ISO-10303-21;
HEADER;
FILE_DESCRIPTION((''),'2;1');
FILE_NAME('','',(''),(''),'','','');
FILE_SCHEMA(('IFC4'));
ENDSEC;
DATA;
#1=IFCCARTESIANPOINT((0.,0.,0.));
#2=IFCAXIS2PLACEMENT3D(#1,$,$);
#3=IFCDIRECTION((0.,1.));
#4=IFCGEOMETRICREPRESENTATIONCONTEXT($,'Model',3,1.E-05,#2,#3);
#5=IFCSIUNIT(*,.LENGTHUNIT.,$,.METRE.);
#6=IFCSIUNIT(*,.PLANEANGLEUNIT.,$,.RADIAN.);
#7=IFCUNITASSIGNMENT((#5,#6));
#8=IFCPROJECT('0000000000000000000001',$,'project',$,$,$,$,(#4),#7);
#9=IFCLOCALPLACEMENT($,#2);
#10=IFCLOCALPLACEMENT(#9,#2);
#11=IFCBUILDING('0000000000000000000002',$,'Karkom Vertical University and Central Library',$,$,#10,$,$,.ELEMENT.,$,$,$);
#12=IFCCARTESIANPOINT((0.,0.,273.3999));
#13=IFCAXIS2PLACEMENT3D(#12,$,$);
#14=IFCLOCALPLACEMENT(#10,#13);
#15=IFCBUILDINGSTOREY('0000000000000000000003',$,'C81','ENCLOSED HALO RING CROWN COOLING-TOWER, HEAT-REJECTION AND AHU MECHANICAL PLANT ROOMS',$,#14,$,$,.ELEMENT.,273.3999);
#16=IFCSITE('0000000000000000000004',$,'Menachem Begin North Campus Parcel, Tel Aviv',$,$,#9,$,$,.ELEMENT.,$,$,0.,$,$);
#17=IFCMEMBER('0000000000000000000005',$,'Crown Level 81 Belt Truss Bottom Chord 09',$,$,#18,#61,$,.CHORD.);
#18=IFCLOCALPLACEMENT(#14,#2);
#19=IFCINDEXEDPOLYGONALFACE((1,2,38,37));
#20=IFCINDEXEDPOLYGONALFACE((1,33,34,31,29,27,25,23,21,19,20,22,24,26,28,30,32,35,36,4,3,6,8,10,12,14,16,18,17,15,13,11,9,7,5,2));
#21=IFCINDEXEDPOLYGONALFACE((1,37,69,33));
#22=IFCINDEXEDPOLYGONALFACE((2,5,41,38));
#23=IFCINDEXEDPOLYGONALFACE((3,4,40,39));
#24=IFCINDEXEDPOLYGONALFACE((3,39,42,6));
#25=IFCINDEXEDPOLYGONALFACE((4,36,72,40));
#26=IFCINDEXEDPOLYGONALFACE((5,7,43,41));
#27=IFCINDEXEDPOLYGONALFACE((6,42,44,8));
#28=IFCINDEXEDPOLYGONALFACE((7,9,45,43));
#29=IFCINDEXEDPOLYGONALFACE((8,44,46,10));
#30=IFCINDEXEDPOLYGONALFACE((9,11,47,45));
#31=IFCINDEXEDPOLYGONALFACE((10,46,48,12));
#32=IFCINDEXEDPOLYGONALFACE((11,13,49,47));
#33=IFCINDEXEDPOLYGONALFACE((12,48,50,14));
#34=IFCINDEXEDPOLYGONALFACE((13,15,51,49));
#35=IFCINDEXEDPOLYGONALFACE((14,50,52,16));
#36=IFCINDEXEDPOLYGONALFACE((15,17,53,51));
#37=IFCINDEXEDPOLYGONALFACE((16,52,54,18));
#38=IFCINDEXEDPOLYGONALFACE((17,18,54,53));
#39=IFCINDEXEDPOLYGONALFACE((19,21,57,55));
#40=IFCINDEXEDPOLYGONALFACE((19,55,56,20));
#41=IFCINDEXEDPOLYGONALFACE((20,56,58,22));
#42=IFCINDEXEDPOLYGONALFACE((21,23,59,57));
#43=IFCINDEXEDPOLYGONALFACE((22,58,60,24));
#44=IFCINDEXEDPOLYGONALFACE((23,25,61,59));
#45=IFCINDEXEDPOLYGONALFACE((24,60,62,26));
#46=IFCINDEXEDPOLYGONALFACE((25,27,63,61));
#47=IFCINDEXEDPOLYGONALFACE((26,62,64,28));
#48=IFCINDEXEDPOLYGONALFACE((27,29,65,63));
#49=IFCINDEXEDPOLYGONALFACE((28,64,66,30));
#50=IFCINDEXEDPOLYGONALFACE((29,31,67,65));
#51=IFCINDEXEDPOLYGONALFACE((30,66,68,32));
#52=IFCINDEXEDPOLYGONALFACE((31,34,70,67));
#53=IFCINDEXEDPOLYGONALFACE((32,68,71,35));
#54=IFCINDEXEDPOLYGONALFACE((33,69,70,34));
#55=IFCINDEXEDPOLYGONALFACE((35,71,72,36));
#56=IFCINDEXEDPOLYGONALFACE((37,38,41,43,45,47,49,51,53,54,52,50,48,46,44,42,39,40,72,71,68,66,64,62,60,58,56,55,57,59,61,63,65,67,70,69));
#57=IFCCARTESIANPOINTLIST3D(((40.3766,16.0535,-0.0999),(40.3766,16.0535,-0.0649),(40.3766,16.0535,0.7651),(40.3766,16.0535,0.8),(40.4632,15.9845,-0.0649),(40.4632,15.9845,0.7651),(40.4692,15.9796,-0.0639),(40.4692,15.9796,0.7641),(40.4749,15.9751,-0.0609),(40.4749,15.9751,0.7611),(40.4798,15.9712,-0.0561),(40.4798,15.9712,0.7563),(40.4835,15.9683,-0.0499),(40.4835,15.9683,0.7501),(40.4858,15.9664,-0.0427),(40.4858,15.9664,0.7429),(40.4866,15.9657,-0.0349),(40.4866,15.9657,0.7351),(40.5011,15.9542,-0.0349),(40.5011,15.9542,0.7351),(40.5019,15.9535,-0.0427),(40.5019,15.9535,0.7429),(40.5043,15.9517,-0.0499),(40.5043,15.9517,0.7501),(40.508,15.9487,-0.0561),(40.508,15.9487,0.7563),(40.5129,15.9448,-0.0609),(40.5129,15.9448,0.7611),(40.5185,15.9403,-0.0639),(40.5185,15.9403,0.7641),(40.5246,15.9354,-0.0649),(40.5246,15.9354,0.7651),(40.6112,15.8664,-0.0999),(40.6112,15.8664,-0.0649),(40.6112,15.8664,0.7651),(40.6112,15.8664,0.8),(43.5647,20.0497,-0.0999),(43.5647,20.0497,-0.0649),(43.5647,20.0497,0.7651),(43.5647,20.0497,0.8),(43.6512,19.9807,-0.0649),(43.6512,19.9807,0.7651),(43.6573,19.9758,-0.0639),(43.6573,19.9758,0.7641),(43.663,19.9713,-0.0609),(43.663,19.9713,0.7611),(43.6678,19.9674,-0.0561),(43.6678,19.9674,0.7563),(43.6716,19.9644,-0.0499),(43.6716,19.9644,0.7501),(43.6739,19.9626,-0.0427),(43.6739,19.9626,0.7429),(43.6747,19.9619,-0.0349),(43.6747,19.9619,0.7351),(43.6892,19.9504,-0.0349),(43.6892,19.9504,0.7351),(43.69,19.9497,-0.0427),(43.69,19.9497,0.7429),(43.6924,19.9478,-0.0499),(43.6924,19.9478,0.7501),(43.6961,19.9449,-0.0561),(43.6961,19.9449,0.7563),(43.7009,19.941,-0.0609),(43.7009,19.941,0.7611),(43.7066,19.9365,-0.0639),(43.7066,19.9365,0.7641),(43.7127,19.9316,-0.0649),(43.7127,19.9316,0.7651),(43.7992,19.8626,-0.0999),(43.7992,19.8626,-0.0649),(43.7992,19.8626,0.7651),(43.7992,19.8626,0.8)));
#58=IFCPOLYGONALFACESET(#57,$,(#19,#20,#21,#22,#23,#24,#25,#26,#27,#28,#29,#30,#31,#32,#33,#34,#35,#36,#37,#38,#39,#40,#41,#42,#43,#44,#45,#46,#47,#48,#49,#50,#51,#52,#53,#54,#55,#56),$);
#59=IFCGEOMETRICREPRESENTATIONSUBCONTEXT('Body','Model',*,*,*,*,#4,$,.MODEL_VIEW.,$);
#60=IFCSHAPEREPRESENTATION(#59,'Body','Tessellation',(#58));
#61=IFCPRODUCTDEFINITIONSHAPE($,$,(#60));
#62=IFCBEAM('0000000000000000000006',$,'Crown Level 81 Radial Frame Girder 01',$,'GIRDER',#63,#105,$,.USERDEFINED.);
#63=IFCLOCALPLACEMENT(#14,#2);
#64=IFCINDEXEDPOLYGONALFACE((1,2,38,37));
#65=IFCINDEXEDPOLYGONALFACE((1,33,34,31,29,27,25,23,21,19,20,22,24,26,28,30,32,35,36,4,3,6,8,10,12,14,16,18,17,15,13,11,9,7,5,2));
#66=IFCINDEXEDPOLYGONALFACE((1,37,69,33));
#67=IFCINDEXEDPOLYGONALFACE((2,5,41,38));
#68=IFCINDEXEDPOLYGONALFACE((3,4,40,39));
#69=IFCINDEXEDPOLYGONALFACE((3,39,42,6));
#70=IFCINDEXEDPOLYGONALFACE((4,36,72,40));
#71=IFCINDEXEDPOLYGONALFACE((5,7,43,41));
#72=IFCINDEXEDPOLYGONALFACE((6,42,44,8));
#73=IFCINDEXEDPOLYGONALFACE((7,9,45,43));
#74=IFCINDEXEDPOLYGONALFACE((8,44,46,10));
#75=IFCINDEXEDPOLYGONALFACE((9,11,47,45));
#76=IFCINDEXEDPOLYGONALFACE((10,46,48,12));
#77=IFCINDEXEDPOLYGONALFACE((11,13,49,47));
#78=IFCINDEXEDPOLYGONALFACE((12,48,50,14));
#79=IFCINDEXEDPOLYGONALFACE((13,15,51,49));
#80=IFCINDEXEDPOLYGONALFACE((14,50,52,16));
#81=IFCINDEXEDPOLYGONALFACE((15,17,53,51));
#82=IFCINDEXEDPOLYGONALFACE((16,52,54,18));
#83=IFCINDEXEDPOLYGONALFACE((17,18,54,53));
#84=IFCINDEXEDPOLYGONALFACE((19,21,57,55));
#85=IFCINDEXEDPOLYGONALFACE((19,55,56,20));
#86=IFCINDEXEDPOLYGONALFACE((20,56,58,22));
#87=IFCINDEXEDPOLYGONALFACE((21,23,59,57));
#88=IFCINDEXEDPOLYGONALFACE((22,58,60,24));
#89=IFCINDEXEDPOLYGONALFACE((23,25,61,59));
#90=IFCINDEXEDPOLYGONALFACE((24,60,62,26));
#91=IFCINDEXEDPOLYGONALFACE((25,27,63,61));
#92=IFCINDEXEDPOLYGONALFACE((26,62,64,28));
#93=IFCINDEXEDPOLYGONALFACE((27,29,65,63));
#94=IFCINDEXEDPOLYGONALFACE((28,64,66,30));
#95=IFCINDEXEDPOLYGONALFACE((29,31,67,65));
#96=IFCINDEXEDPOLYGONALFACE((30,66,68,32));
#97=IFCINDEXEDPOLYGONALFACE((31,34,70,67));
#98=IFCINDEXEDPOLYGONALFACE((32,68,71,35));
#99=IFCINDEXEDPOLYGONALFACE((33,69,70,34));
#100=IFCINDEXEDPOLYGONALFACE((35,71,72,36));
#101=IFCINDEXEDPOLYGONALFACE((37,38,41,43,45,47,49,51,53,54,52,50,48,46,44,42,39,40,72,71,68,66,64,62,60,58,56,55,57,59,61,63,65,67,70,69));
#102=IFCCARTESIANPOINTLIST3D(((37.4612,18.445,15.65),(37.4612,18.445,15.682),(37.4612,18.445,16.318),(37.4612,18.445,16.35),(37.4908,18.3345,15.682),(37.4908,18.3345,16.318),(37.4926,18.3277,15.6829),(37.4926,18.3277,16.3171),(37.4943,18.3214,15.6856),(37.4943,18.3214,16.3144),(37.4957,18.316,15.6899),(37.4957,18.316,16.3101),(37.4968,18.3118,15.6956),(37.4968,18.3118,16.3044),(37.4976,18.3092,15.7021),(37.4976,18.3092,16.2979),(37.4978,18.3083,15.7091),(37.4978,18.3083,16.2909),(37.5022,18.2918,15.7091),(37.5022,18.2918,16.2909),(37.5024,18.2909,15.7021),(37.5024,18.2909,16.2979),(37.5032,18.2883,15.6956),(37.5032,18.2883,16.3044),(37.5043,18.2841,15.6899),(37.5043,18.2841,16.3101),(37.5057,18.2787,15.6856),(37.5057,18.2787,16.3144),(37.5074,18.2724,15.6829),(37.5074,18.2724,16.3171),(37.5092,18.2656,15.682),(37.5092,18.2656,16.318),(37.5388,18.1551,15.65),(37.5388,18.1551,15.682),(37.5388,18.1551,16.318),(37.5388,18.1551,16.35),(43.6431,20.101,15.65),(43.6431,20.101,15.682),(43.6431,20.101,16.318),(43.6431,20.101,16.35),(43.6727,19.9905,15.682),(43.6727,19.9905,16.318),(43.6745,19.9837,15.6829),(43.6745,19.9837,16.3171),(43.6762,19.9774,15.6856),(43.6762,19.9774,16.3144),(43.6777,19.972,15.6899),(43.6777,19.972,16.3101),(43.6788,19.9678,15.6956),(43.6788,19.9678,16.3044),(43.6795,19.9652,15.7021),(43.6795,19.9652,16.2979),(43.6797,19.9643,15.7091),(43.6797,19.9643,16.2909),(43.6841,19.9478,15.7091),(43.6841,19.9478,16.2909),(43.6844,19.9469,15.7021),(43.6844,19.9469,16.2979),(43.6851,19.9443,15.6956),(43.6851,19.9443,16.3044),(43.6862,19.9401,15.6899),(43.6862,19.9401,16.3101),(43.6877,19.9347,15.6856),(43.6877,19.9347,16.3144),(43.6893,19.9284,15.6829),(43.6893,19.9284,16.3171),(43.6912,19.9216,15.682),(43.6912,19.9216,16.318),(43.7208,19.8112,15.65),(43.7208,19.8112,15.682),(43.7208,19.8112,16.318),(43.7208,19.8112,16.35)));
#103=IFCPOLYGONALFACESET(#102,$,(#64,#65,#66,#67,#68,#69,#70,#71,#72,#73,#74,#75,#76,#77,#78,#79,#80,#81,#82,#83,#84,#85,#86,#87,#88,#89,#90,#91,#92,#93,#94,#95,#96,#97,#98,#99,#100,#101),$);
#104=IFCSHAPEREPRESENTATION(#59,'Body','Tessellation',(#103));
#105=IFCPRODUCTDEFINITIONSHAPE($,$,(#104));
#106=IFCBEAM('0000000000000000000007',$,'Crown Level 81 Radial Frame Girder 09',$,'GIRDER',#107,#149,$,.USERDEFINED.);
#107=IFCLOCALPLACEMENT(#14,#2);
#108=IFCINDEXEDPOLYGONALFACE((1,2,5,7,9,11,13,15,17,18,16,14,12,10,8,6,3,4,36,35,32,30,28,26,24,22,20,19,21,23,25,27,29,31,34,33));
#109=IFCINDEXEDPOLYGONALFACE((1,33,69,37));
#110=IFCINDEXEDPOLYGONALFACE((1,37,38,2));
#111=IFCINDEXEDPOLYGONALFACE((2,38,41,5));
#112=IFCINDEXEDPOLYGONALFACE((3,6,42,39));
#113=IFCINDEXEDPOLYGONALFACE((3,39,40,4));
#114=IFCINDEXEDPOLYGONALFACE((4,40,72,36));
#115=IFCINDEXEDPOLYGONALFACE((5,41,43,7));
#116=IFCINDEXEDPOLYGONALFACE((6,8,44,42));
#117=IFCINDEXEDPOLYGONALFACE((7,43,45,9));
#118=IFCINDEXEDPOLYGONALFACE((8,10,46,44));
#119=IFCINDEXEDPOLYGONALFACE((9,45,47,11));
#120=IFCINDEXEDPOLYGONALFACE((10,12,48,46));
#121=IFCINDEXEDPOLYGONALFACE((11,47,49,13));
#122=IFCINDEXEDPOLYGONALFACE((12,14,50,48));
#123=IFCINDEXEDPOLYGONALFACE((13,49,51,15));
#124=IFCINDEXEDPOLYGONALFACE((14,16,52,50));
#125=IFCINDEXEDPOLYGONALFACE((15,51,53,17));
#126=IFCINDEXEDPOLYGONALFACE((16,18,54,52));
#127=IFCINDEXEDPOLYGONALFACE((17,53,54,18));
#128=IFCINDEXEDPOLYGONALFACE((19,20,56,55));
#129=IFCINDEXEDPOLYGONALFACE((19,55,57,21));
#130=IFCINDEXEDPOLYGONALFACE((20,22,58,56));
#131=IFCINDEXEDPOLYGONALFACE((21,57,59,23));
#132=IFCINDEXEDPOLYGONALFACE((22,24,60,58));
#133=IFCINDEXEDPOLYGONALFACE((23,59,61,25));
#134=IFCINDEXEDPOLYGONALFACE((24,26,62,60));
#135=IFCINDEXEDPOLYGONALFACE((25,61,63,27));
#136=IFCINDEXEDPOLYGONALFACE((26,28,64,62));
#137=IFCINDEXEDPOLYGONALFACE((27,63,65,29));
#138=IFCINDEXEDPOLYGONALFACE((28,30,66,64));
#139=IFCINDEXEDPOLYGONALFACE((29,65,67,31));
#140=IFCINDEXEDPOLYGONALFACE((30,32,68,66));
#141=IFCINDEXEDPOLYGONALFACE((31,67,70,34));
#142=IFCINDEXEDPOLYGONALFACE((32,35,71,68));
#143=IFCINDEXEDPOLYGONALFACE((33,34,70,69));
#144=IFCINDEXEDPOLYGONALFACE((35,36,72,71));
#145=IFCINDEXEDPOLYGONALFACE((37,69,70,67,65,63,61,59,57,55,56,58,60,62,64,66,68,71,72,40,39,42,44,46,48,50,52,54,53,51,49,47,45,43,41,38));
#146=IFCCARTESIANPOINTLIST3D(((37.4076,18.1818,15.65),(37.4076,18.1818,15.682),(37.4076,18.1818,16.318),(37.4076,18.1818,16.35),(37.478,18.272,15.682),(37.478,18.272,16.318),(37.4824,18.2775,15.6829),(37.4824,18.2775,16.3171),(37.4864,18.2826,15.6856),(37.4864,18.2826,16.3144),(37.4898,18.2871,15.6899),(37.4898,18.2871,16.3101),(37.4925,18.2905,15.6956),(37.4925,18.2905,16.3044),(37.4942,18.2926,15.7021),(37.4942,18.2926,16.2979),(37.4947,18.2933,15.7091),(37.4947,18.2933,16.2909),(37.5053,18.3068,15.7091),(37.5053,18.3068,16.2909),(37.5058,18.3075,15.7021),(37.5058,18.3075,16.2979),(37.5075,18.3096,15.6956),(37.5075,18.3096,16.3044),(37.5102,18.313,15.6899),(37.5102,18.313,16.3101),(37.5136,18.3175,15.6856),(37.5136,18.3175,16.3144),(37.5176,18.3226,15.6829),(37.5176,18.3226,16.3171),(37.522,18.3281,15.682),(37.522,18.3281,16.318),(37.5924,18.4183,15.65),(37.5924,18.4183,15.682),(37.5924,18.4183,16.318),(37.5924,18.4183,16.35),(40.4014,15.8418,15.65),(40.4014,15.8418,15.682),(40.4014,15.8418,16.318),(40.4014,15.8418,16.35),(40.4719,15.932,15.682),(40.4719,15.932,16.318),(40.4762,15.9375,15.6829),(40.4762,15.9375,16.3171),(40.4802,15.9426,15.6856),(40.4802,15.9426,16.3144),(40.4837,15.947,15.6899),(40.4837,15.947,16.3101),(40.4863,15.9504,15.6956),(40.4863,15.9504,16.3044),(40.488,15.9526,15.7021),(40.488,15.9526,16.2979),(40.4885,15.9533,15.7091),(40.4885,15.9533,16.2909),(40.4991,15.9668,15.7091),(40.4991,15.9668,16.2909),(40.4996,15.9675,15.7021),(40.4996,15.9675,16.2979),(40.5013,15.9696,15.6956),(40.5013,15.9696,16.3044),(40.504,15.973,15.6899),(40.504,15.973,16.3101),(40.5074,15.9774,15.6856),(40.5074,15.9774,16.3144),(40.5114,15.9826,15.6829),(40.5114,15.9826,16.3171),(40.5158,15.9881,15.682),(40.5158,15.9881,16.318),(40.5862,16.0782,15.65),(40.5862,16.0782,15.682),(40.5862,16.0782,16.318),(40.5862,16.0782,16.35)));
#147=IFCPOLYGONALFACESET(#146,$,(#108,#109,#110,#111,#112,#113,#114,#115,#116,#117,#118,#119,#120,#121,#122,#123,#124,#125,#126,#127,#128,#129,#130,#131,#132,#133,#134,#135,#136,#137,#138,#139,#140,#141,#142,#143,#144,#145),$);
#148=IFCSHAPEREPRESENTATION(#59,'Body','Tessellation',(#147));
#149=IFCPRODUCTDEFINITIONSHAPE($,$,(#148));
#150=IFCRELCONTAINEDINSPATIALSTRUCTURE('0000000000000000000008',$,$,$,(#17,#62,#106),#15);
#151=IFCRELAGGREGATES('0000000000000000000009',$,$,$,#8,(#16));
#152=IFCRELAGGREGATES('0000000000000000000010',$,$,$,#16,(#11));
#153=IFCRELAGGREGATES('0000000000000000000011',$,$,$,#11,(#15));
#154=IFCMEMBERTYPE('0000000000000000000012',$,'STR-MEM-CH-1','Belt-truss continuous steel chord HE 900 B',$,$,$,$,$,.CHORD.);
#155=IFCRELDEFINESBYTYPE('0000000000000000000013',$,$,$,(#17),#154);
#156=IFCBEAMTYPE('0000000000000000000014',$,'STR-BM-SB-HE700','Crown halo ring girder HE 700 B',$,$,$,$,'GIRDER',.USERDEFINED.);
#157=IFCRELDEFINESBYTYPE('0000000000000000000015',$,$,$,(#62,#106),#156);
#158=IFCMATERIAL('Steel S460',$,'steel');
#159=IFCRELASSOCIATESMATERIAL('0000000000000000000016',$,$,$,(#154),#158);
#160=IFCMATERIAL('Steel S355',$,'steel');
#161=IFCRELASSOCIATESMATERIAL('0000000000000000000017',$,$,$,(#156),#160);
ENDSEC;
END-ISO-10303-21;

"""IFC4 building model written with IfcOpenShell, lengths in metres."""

from ifc_helpers import new_model, si_unit, direction, frame, origin, origin_with_axes, origin_2d, place, context, subcontext, project, spatial, i_section, extrude, source, transform, mapped, material, material_profile, profile_set, type_object, element, save


model = new_model("IFC4")

# Units and contexts
model_context = context("Model", 3, precision=1e-05, world=origin(), true_north=direction((0.0, 1.0)))
body_context = subcontext(model_context, "Body", "Model", "MODEL_VIEW")
ifc_project = project(units=[si_unit("LENGTHUNIT", "METRE"), si_unit("PLANEANGLEUNIT", "RADIAN")], contexts=[model_context])

# Site, building, storey
site_placement = place(None, origin())
site = spatial("IfcSite", under=ifc_project, at=site_placement, Name="Menachem Begin North Campus Parcel, Tel Aviv", CompositionType="ELEMENT", RefElevation=0.0)
building_placement = place(site_placement, origin())
building = spatial("IfcBuilding", under=site, at=building_placement, Name="Karkom Vertical University and Central Library", CompositionType="ELEMENT")
storey_placement = place(building_placement, frame((0.0, 0.0, 273.3999)))
storey = spatial("IfcBuildingStorey", under=building, at=storey_placement, Name="C81", Description="ENCLOSED HALO RING CROWN COOLING-TOWER, HEAT-REJECTION AND AHU MECHANICAL PLANT ROOMS", CompositionType="ELEMENT", Elevation=273.3999)

# Shared definitions
ifc_material_1 = material(Name="Steel S355", Category="steel")

# Member
ifc_material_2 = material(Name="Steel S460", Category="steel")
ifc_material_profile_1 = material_profile(ifc_material_2, i_section(OverallWidth=0.3, OverallDepth=0.8999, WebThickness=0.0186, FlangeThickness=0.0349, FilletRadius=0.03, at=origin_2d()), Name="HE 900 B")
ifc_profile_set_1 = profile_set([ifc_material_profile_1], Name="Steel S460")
member_type_1 = type_object("IfcMemberType", Name="STR-MEM-CH-1", Description="Belt-truss continuous steel chord HE 900 B", PredefinedType="CHORD", material=ifc_profile_set_1)
shared_shape_1 = source(origin_with_axes(), body_context, "Body", "SweptSolid", [
    extrude(i_section(OverallWidth=0.3, OverallDepth=0.8999, WebThickness=0.0186, FlangeThickness=0.0349, FilletRadius=0.03, at=origin_2d()), origin(), (0.0, 0.0, 1.0), 5.1121),
])
member_1_placement = place(storey_placement, frame((40.4939, 15.96, 0.3501), z_axis=(0.623634, 0.781716, 0.0), x_axis=(-0.781716, 0.623634, 0.0)))
element("IfcMember", 1, at=member_1_placement, inside=storey, type_object=member_type_1, Name="Crown Level 81 Belt Truss Bottom Chord 09", PredefinedType="CHORD", context=body_context, shape_type="MappedRepresentation", body=[
    mapped(shared_shape_1, transform((0.0, 0.0, 0.0), scale=1.0)),
])

# Beams
ifc_material_profile_2 = material_profile(ifc_material_1, i_section(OverallWidth=0.3, OverallDepth=0.7, WebThickness=0.0171, FlangeThickness=0.032, FilletRadius=0.0271, at=origin_2d()), Name="HE 700 B")
ifc_profile_set_2 = profile_set([ifc_material_profile_2], Name="Steel S355")
beam_type_1 = type_object("IfcBeamType", Name="STR-BM-SB-HE700", Description="Crown halo ring girder HE 700 B", ElementType="GIRDER", PredefinedType="USERDEFINED", material=ifc_profile_set_2)
shared_shape_2 = source(origin_with_axes(), body_context, "Body", "SweptSolid", [
    extrude(i_section(OverallWidth=0.3, OverallDepth=0.7, WebThickness=0.0171, FlangeThickness=0.032, FilletRadius=0.0271, at=origin_2d()), origin(), (0.0, 0.0, 1.0), 6.3999),
])
beam_1_placement = place(storey_placement, frame((37.5, 18.3, 16.0), z_axis=(0.965942, 0.258757, 0.0), x_axis=(-0.258757, 0.965942, 0.0)))
element("IfcBeam", 2, at=beam_1_placement, inside=storey, type_object=beam_type_1, Name="Crown Level 81 Radial Frame Girder 01", ObjectType="GIRDER", PredefinedType="USERDEFINED", context=body_context, shape_type="MappedRepresentation", body=[
    mapped(shared_shape_2, transform((0.0, 0.0, 0.0), scale=1.0)),
])
shared_shape_3 = source(origin_with_axes(), body_context, "Body", "SweptSolid", [
    extrude(i_section(OverallWidth=0.3, OverallDepth=0.7, WebThickness=0.0171, FlangeThickness=0.032, FilletRadius=0.0271, at=origin_2d()), origin(), (0.0, 0.0, 1.0), 3.7998),
])
beam_2_placement = place(storey_placement, frame((37.5, 18.3, 16.0), z_axis=(0.787883, -0.615825, 0.0), x_axis=(0.615825, 0.787883, 0.0)))
element("IfcBeam", 3, at=beam_2_placement, inside=storey, type_object=beam_type_1, Name="Crown Level 81 Radial Frame Girder 09", ObjectType="GIRDER", PredefinedType="USERDEFINED", context=body_context, shape_type="MappedRepresentation", body=[
    mapped(shared_shape_3, transform((0.0, 0.0, 0.0), scale=1.0)),
])

save(model, "model.ifc")
